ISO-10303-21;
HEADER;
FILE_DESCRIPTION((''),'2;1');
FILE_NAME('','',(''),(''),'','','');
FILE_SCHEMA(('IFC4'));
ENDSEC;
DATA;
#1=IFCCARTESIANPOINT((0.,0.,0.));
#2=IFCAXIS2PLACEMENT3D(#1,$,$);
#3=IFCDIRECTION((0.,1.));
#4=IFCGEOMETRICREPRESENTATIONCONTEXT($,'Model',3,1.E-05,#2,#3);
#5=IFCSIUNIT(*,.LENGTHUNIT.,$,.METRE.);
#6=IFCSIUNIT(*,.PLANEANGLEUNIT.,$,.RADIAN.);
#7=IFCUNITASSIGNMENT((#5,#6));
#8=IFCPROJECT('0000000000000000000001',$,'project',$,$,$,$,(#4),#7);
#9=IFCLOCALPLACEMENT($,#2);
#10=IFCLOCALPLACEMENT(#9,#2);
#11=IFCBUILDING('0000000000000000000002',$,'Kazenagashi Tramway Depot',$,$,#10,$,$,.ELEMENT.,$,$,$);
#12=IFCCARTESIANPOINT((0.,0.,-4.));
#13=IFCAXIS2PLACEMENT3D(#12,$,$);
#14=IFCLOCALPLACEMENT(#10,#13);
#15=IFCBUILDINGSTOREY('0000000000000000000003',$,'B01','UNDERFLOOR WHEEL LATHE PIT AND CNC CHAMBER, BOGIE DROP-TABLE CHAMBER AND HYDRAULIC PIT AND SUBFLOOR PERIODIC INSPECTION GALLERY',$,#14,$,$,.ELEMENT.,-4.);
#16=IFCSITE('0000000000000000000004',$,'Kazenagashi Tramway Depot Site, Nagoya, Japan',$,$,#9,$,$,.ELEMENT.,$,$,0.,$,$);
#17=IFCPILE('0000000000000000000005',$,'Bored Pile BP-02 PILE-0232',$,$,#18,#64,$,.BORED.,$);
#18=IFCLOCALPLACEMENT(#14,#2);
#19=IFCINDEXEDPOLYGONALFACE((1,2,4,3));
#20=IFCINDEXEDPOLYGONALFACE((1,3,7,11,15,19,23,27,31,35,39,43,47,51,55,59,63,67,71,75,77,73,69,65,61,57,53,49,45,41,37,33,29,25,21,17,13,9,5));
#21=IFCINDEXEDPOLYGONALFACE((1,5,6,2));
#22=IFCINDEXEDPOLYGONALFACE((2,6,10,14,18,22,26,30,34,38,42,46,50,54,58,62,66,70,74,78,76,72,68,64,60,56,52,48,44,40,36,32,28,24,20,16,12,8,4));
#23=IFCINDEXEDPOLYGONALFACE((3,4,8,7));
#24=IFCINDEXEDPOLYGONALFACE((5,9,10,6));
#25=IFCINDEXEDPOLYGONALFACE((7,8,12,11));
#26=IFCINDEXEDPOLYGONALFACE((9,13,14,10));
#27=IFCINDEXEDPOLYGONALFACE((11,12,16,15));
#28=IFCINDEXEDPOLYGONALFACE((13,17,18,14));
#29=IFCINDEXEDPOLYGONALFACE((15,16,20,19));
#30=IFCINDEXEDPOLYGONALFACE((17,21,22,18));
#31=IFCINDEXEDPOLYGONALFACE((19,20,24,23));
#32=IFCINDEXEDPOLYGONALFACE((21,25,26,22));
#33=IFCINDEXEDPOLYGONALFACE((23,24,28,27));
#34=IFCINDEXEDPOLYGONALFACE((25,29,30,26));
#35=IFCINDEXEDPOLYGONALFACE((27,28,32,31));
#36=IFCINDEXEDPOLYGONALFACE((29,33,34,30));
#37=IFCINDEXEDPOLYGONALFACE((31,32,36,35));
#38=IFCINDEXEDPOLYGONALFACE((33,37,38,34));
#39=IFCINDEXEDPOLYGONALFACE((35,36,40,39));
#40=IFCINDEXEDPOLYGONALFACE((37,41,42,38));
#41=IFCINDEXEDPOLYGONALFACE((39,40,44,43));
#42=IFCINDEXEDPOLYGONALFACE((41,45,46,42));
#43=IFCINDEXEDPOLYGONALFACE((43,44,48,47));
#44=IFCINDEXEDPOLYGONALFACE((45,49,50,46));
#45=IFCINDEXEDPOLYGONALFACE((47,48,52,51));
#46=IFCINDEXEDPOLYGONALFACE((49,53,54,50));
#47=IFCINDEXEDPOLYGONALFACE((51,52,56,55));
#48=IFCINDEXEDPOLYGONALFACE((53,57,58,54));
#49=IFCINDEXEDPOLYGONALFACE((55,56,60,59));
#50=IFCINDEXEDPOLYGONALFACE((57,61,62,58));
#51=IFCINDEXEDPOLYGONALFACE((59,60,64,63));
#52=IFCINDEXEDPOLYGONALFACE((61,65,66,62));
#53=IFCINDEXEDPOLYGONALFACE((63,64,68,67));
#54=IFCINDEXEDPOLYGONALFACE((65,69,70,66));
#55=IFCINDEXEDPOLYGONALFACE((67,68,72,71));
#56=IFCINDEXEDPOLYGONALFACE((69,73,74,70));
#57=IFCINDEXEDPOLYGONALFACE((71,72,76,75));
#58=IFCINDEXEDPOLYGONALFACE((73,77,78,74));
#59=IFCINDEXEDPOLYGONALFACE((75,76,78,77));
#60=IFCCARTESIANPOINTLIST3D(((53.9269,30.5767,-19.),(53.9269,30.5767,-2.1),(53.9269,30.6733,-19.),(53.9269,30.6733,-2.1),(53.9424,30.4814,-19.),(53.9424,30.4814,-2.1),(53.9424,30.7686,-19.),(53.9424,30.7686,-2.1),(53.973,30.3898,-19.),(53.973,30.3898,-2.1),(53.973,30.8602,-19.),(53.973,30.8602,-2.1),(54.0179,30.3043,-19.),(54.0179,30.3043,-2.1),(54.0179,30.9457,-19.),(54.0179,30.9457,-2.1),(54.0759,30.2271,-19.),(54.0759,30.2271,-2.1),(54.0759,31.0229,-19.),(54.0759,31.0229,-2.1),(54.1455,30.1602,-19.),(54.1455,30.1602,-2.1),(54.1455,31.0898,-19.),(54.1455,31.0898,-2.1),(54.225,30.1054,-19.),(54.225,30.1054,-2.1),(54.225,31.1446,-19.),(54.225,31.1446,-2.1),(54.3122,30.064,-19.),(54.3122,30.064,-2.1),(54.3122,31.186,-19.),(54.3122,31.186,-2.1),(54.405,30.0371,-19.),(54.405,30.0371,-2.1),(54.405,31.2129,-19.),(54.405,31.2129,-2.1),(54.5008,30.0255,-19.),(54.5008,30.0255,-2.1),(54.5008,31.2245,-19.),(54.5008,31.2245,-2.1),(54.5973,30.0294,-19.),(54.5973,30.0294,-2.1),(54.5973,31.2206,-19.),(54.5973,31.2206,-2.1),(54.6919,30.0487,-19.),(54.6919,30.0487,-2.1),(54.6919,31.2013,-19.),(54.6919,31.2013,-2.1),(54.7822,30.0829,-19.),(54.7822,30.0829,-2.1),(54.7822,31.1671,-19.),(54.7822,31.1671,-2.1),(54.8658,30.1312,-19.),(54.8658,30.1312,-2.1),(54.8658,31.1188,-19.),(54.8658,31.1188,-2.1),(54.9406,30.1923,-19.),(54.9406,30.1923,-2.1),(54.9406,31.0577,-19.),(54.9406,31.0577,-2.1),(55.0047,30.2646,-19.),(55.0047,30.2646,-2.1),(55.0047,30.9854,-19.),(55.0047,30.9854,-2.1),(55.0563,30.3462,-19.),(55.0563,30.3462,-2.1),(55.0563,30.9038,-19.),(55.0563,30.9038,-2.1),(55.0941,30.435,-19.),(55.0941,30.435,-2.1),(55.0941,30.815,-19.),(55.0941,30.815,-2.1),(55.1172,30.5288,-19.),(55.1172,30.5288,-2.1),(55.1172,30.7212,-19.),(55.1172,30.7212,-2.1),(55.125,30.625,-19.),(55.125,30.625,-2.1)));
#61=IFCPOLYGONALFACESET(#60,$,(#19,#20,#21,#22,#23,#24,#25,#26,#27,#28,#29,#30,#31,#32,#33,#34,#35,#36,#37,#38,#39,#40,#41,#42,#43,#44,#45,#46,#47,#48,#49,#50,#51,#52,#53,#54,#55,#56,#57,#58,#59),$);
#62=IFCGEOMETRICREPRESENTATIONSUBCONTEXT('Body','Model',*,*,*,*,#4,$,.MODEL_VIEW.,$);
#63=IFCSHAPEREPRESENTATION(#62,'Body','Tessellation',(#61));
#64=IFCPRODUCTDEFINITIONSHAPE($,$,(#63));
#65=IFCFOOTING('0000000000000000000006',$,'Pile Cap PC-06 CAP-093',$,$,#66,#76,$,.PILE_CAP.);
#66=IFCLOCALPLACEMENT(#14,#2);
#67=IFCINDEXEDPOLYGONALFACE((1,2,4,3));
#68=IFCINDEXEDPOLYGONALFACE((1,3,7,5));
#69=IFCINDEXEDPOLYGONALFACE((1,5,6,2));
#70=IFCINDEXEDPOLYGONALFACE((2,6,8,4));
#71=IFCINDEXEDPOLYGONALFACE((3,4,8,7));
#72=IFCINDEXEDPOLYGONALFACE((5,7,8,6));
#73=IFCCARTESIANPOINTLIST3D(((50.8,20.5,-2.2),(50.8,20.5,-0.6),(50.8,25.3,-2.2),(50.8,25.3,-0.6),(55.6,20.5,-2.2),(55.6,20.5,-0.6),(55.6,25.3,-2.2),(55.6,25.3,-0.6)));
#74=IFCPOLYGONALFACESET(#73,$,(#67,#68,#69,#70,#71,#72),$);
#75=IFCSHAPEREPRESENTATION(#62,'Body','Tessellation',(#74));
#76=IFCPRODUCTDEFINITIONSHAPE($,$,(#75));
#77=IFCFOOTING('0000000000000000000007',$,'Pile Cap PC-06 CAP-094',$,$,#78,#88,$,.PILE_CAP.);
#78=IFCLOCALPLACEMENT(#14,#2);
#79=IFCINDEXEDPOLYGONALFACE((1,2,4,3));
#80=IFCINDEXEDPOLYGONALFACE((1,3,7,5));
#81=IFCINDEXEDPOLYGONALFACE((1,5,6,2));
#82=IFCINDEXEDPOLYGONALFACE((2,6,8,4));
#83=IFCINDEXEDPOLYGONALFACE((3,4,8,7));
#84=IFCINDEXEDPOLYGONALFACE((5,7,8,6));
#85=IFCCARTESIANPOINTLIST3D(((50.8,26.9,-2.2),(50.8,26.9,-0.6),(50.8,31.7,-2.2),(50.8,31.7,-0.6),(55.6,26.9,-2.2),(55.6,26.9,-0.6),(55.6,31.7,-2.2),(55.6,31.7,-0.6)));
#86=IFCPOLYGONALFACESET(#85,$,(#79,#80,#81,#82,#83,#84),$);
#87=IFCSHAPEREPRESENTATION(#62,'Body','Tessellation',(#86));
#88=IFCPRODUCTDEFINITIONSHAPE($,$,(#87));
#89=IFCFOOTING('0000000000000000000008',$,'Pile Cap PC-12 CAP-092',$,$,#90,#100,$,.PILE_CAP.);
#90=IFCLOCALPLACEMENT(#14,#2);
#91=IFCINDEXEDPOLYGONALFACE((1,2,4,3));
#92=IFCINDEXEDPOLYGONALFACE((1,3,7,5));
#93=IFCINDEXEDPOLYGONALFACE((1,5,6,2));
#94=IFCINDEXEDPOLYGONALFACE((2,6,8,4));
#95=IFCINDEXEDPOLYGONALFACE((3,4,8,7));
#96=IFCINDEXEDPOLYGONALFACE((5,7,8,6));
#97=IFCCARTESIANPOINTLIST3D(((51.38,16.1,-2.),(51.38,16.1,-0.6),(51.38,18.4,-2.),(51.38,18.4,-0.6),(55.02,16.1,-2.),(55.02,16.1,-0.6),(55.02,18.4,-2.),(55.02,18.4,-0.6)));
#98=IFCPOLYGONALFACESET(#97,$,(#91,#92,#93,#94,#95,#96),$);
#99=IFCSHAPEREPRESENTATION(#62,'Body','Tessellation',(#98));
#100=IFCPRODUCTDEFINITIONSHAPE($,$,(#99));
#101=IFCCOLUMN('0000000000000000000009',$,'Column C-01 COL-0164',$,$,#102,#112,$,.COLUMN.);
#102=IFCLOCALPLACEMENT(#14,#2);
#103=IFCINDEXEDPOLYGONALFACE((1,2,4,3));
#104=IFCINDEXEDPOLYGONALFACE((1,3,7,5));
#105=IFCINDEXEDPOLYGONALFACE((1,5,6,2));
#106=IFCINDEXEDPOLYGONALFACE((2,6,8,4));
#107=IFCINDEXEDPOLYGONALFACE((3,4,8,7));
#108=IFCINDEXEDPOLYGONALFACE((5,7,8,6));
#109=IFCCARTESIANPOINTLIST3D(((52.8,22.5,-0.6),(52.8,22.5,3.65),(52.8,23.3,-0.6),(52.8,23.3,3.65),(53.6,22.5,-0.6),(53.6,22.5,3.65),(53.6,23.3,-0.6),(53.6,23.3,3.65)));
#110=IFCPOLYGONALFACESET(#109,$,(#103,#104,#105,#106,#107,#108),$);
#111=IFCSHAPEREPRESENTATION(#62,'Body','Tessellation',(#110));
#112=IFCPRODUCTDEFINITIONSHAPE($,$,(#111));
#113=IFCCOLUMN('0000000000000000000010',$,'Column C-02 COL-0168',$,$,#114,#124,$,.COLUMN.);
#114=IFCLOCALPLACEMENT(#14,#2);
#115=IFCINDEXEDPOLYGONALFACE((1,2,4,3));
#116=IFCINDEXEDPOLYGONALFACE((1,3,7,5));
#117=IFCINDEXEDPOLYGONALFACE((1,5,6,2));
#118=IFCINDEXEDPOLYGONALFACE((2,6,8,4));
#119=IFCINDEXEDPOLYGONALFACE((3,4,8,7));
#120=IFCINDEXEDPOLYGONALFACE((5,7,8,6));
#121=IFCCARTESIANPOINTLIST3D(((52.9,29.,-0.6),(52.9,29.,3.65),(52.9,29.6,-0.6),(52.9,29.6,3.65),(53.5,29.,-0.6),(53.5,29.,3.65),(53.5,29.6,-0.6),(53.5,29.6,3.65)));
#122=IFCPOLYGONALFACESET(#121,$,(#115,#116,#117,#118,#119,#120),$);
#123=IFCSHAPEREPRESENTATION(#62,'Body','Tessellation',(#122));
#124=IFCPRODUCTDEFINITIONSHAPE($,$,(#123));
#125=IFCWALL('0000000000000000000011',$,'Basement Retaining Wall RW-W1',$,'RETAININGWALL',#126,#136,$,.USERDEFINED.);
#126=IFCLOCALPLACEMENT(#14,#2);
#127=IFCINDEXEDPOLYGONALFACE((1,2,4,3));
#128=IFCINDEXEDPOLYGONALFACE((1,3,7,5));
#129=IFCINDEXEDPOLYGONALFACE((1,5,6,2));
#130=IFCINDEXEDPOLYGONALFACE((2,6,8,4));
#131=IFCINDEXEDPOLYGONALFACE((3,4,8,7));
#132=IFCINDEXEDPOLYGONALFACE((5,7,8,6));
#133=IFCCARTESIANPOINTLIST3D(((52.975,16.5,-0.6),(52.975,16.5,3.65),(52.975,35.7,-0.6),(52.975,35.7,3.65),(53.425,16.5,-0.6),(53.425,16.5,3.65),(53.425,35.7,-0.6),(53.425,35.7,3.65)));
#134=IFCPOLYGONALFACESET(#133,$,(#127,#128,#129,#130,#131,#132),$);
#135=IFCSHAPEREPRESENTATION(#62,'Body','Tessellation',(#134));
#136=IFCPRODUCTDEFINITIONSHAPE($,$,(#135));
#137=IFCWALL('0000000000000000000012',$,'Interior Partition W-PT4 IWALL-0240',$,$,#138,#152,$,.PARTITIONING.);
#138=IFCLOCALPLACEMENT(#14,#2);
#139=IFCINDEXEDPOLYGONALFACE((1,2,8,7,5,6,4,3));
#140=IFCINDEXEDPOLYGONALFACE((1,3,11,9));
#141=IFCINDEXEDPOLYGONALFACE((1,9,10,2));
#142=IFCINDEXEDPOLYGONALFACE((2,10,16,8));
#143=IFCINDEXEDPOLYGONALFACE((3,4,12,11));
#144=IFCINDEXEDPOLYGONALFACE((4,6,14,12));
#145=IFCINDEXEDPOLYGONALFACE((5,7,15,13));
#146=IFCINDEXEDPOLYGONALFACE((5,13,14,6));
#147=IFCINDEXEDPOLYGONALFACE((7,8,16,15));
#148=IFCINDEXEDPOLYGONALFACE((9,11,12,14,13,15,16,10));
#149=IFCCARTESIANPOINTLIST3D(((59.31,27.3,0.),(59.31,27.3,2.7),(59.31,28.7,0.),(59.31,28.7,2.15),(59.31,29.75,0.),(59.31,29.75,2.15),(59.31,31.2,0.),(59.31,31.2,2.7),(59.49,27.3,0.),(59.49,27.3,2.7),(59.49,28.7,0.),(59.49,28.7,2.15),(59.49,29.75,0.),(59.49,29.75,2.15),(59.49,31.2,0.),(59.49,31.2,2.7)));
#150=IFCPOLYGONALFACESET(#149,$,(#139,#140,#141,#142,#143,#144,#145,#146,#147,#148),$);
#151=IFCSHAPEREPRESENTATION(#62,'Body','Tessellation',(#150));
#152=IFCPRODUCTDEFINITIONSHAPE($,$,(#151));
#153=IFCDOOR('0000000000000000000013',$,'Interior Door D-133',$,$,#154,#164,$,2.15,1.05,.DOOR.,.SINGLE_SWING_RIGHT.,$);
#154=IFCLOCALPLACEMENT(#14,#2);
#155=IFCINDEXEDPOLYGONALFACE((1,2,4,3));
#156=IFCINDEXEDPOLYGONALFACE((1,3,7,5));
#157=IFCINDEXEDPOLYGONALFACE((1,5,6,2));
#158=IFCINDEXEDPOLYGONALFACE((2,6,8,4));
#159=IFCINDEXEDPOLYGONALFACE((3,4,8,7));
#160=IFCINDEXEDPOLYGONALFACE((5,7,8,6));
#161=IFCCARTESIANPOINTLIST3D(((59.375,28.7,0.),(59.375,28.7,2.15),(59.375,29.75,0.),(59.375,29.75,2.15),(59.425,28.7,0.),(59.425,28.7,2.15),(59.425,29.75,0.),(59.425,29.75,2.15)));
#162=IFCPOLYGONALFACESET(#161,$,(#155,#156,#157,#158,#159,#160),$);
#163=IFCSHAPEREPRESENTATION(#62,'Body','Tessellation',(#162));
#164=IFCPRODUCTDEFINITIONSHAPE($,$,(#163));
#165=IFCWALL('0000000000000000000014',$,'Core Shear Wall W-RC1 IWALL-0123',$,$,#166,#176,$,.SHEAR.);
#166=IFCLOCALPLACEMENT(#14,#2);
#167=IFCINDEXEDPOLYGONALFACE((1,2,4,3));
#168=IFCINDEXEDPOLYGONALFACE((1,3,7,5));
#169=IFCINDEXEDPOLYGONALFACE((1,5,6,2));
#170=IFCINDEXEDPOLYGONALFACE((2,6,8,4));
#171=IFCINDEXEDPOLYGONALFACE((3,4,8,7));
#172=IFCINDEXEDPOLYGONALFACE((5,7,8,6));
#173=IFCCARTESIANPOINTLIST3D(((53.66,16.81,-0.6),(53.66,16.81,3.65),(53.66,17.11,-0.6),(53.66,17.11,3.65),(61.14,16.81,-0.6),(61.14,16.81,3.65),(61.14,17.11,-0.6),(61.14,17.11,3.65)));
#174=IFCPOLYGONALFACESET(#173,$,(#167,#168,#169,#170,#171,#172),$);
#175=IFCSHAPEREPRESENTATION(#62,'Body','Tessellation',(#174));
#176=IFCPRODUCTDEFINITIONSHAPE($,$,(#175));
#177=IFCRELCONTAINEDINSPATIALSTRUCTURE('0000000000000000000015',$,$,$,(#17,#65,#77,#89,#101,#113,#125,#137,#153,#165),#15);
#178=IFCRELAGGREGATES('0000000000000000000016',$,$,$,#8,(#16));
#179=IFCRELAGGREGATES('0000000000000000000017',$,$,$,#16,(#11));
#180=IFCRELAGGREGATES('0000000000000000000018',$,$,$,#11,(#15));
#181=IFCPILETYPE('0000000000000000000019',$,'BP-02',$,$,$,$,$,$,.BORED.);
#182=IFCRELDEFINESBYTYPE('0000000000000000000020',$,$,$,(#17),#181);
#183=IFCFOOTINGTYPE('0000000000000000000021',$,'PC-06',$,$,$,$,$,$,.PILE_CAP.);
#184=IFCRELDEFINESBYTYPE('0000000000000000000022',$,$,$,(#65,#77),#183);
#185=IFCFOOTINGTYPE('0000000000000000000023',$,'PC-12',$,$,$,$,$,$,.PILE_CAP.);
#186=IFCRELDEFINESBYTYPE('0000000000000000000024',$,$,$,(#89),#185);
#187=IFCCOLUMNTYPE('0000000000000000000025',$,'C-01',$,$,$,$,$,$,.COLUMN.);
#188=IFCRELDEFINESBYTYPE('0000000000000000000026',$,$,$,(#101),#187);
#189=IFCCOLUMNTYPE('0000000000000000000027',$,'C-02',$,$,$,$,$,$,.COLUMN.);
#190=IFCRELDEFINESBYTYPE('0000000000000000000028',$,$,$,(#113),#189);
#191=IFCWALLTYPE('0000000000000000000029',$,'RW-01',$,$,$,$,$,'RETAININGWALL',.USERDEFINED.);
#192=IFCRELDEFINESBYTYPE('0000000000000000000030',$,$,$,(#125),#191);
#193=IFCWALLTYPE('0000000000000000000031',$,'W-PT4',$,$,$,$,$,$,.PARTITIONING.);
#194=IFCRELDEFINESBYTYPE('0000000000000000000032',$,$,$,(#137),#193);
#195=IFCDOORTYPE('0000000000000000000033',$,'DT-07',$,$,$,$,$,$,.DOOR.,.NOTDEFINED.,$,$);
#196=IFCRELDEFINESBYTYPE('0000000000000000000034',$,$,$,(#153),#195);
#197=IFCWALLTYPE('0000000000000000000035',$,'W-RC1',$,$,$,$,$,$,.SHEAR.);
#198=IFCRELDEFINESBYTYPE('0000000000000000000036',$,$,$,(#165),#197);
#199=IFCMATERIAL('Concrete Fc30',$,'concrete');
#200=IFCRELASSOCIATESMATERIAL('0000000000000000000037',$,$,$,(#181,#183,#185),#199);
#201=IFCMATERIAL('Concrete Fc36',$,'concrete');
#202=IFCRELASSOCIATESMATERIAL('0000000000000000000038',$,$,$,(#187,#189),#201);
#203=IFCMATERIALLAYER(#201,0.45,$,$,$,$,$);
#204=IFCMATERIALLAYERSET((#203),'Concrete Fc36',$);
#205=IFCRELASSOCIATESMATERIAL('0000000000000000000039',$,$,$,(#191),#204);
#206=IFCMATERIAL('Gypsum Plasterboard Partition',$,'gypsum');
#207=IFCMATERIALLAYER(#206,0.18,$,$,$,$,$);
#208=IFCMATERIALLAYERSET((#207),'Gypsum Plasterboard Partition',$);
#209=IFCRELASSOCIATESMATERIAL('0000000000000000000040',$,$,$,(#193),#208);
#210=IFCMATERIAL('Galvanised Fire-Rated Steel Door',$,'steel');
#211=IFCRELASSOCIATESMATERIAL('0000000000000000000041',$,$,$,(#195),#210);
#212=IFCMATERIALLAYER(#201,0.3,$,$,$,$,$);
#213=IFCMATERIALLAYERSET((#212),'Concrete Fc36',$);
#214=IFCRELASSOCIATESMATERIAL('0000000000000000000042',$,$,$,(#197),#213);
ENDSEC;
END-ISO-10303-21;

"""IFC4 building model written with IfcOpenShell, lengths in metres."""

from ifc_helpers import new_model, si_unit, direction, frame, frame_2d, origin, origin_2d, place, context, subcontext, project, spatial, rectangle, circle, extrude, material, layer, layer_set, material_profile, profile_set, type_object, element, fill, save


model = new_model("IFC4")

# Units and contexts
model_context = context("Model", 3, precision=1e-05, world=origin(), true_north=direction((0.0, 1.0)))
body_context = subcontext(model_context, "Body", "Model", "MODEL_VIEW")
ifc_project = project(units=[si_unit("LENGTHUNIT", "METRE"), si_unit("PLANEANGLEUNIT", "RADIAN")], contexts=[model_context])

# Site, building, storey
site_placement = place(None, origin())
site = spatial("IfcSite", under=ifc_project, at=site_placement, Name="Kazenagashi Tramway Depot Site, Nagoya, Japan", CompositionType="ELEMENT", RefElevation=0.0)
building_placement = place(site_placement, origin())
building = spatial("IfcBuilding", under=site, at=building_placement, Name="Kazenagashi Tramway Depot", CompositionType="ELEMENT")
storey_placement = place(building_placement, frame((0.0, 0.0, -4.0)))
storey = spatial("IfcBuildingStorey", under=building, at=storey_placement, Name="B01", Description="UNDERFLOOR WHEEL LATHE PIT AND CNC CHAMBER, BOGIE DROP-TABLE CHAMBER AND HYDRAULIC PIT AND SUBFLOOR PERIODIC INSPECTION GALLERY", CompositionType="ELEMENT", Elevation=-4.0)

# Pile
ifc_material_1 = material(Name="Concrete Fc30", Category="concrete")
ifc_material_profile_1 = material_profile(ifc_material_1, circle(Radius=0.6, at=origin_2d()), Name="PILE-1200")
ifc_profile_set_1 = profile_set([ifc_material_profile_1], Name="Concrete Fc30")
pile_type_1 = type_object("IfcPileType", Name="BP-02", PredefinedType="BORED", material=ifc_profile_set_1)
for number, where, z_axis, x_axis, name in (
    (1, (54.525, 30.625, -2.1), (0.0, 0.0, -1.0), (1.0, 0.0, 0.0), "Bored Pile BP-02 PILE-0232"),
):
    element("IfcPile", number, at=place(storey_placement, frame(where, z_axis=z_axis, x_axis=x_axis)), inside=storey, type_object=pile_type_1, Name=name, PredefinedType="BORED", context=body_context, shape_type="SweptSolid", body=[
        extrude(circle(Radius=0.6, at=origin_2d()), origin(), (0.0, 0.0, 1.0), 16.9),
    ])

# Footings
footing_type_1 = type_object("IfcFootingType", Name="PC-06", PredefinedType="PILE_CAP", material=ifc_material_1)
for number, where, z_axis, x_axis, name in (
    (2, (53.2, 22.9, -2.2), (0.0, 0.0, 1.0), (1.0, 0.0, 0.0), "Pile Cap PC-06 CAP-093"),
    (3, (53.2, 29.3, -2.2), (0.0, 0.0, 1.0), (1.0, 0.0, 0.0), "Pile Cap PC-06 CAP-094"),
):
    element("IfcFooting", number, at=place(storey_placement, frame(where, z_axis=z_axis, x_axis=x_axis)), inside=storey, type_object=footing_type_1, Name=name, PredefinedType="PILE_CAP", context=body_context, shape_type="SweptSolid", body=[
        extrude(rectangle(XDim=4.8, YDim=4.8, at=origin_2d()), origin(), (0.0, 0.0, 1.0), 1.6),
    ])
footing_type_2 = type_object("IfcFootingType", Name="PC-12", PredefinedType="PILE_CAP", material=ifc_material_1)
footing_placement = place(storey_placement, frame((53.2, 17.25, -2.0), z_axis=(0.0, 0.0, 1.0), x_axis=(1.0, 0.0, 0.0)))
element("IfcFooting", 4, at=footing_placement, inside=storey, type_object=footing_type_2, Name="Pile Cap PC-12 CAP-092", PredefinedType="PILE_CAP", context=body_context, shape_type="SweptSolid", body=[
    extrude(rectangle(XDim=3.64, YDim=2.3, at=origin_2d()), origin(), (0.0, 0.0, 1.0), 1.4),
])

# Columns
ifc_material_2 = material(Name="Concrete Fc36", Category="concrete")
ifc_material_profile_2 = material_profile(ifc_material_2, rectangle(XDim=0.8, YDim=0.8, at=origin_2d()), Name="RC-800x800")
ifc_profile_set_2 = profile_set([ifc_material_profile_2], Name="Concrete Fc36")
column_type_1 = type_object("IfcColumnType", Name="C-01", PredefinedType="COLUMN", material=ifc_profile_set_2)
column_1_placement = place(storey_placement, frame((53.2, 22.9, -0.6), z_axis=(0.0, 0.0, 1.0), x_axis=(1.0, 0.0, 0.0)))
element("IfcColumn", 5, at=column_1_placement, inside=storey, type_object=column_type_1, Name="Column C-01 COL-0164", PredefinedType="COLUMN", context=body_context, shape_type="SweptSolid", body=[
    extrude(rectangle(XDim=0.8, YDim=0.8, at=origin_2d()), origin(), (0.0, 0.0, 1.0), 4.25),
])
ifc_material_profile_3 = material_profile(ifc_material_2, rectangle(XDim=0.6, YDim=0.6, at=origin_2d()), Name="RC-600x600")
ifc_profile_set_3 = profile_set([ifc_material_profile_3], Name="Concrete Fc36")
column_type_2 = type_object("IfcColumnType", Name="C-02", PredefinedType="COLUMN", material=ifc_profile_set_3)
column_2_placement = place(storey_placement, frame((53.2, 29.3, -0.6), z_axis=(0.0, 0.0, 1.0), x_axis=(1.0, 0.0, 0.0)))
element("IfcColumn", 6, at=column_2_placement, inside=storey, type_object=column_type_2, Name="Column C-02 COL-0168", PredefinedType="COLUMN", context=body_context, shape_type="SweptSolid", body=[
    extrude(rectangle(XDim=0.6, YDim=0.6, at=origin_2d()), origin(), (0.0, 0.0, 1.0), 4.25),
])

# Wall
ifc_layer_1 = layer(ifc_material_2, 0.45)
ifc_layer_set_1 = layer_set([ifc_layer_1], Name="Concrete Fc36")
wall_type_1 = type_object("IfcWallType", Name="RW-01", ElementType="RETAININGWALL", PredefinedType="USERDEFINED", material=ifc_layer_set_1)
wall_1_placement = place(storey_placement, frame((53.2, 16.5, -0.6), z_axis=(0.0, 0.0, 1.0), x_axis=(0.0, 1.0, 0.0)))
element("IfcWall", 7, at=wall_1_placement, inside=storey, type_object=wall_type_1, Name="Basement Retaining Wall RW-W1", ObjectType="RETAININGWALL", PredefinedType="USERDEFINED", context=body_context, shape_type="SweptSolid", body=[
    extrude(rectangle(XDim=19.2, YDim=0.45, at=frame_2d((9.6, 0.0))), origin(), (0.0, 0.0, 1.0), 4.25),
])

# Wall, opening, door
ifc_material_3 = material(Name="Gypsum Plasterboard Partition", Category="gypsum")
ifc_layer_2 = layer(ifc_material_3, 0.18)
ifc_layer_set_2 = layer_set([ifc_layer_2], Name="Gypsum Plasterboard Partition")
wall_type_2 = type_object("IfcWallType", Name="W-PT4", PredefinedType="PARTITIONING", material=ifc_layer_set_2)
wall_2_placement = place(storey_placement, frame((59.4, 27.3, 0.0), z_axis=(0.0, 0.0, 1.0), x_axis=(0.0, 1.0, 0.0)))
wall_2 = element("IfcWall", 8, at=wall_2_placement, inside=storey, type_object=wall_type_2, Name="Interior Partition W-PT4 IWALL-0240", PredefinedType="PARTITIONING", context=body_context, shape_type="SweptSolid", body=[
    extrude(rectangle(XDim=3.9, YDim=0.18, at=frame_2d((1.95, 0.0))), origin(), (0.0, 0.0, 1.0), 2.7),
])
opening_1_placement = place(wall_2_placement, frame((1.4, 0.0, 0.0)))
opening_1 = element("IfcOpeningElement", 9, at=opening_1_placement, cuts=wall_2, PredefinedType="OPENING", context=body_context, shape_type="SweptSolid", body=[
    extrude(rectangle(XDim=1.05, YDim=2.15, at=frame_2d((0.525, 1.075))), frame((0.0, 0.1, 0.0), z_axis=(0.0, -1.0, 0.0), x_axis=(1.0, 0.0, 0.0)), (0.0, 0.0, 1.0), 0.2),
])
ifc_material_4 = material(Name="Galvanised Fire-Rated Steel Door", Category="steel")
door_type_1 = type_object("IfcDoorType", Name="DT-07", OperationType="NOTDEFINED", PredefinedType="DOOR", material=ifc_material_4)
door_1_placement = place(opening_1_placement, origin())
door_1 = element("IfcDoor", 10, at=door_1_placement, inside=storey, type_object=door_type_1, Name="Interior Door D-133", OperationType="SINGLE_SWING_RIGHT", OverallHeight=2.15, OverallWidth=1.05, PredefinedType="DOOR", context=body_context, shape_type="SweptSolid", body=[
    extrude(rectangle(XDim=1.05, YDim=2.15, at=frame_2d((0.525, 1.075))), frame((0.0, 0.025, 0.0), z_axis=(0.0, -1.0, 0.0), x_axis=(1.0, 0.0, 0.0)), (0.0, 0.0, 1.0), 0.05),
])
fill(opening_1, door_1)

# Wall
ifc_layer_3 = layer(ifc_material_2, 0.3)
ifc_layer_set_3 = layer_set([ifc_layer_3], Name="Concrete Fc36")
wall_type_3 = type_object("IfcWallType", Name="W-RC1", PredefinedType="SHEAR", material=ifc_layer_set_3)
wall_3_placement = place(storey_placement, frame((53.66, 16.96, -0.6), z_axis=(0.0, 0.0, 1.0), x_axis=(1.0, 0.0, 0.0)))
element("IfcWall", 11, at=wall_3_placement, inside=storey, type_object=wall_type_3, Name="Core Shear Wall W-RC1 IWALL-0123", PredefinedType="SHEAR", context=body_context, shape_type="SweptSolid", body=[
    extrude(rectangle(XDim=7.48, YDim=0.3, at=frame_2d((3.74, 0.0))), origin(), (0.0, 0.0, 1.0), 4.25),
])

save(model, "model.ifc")
